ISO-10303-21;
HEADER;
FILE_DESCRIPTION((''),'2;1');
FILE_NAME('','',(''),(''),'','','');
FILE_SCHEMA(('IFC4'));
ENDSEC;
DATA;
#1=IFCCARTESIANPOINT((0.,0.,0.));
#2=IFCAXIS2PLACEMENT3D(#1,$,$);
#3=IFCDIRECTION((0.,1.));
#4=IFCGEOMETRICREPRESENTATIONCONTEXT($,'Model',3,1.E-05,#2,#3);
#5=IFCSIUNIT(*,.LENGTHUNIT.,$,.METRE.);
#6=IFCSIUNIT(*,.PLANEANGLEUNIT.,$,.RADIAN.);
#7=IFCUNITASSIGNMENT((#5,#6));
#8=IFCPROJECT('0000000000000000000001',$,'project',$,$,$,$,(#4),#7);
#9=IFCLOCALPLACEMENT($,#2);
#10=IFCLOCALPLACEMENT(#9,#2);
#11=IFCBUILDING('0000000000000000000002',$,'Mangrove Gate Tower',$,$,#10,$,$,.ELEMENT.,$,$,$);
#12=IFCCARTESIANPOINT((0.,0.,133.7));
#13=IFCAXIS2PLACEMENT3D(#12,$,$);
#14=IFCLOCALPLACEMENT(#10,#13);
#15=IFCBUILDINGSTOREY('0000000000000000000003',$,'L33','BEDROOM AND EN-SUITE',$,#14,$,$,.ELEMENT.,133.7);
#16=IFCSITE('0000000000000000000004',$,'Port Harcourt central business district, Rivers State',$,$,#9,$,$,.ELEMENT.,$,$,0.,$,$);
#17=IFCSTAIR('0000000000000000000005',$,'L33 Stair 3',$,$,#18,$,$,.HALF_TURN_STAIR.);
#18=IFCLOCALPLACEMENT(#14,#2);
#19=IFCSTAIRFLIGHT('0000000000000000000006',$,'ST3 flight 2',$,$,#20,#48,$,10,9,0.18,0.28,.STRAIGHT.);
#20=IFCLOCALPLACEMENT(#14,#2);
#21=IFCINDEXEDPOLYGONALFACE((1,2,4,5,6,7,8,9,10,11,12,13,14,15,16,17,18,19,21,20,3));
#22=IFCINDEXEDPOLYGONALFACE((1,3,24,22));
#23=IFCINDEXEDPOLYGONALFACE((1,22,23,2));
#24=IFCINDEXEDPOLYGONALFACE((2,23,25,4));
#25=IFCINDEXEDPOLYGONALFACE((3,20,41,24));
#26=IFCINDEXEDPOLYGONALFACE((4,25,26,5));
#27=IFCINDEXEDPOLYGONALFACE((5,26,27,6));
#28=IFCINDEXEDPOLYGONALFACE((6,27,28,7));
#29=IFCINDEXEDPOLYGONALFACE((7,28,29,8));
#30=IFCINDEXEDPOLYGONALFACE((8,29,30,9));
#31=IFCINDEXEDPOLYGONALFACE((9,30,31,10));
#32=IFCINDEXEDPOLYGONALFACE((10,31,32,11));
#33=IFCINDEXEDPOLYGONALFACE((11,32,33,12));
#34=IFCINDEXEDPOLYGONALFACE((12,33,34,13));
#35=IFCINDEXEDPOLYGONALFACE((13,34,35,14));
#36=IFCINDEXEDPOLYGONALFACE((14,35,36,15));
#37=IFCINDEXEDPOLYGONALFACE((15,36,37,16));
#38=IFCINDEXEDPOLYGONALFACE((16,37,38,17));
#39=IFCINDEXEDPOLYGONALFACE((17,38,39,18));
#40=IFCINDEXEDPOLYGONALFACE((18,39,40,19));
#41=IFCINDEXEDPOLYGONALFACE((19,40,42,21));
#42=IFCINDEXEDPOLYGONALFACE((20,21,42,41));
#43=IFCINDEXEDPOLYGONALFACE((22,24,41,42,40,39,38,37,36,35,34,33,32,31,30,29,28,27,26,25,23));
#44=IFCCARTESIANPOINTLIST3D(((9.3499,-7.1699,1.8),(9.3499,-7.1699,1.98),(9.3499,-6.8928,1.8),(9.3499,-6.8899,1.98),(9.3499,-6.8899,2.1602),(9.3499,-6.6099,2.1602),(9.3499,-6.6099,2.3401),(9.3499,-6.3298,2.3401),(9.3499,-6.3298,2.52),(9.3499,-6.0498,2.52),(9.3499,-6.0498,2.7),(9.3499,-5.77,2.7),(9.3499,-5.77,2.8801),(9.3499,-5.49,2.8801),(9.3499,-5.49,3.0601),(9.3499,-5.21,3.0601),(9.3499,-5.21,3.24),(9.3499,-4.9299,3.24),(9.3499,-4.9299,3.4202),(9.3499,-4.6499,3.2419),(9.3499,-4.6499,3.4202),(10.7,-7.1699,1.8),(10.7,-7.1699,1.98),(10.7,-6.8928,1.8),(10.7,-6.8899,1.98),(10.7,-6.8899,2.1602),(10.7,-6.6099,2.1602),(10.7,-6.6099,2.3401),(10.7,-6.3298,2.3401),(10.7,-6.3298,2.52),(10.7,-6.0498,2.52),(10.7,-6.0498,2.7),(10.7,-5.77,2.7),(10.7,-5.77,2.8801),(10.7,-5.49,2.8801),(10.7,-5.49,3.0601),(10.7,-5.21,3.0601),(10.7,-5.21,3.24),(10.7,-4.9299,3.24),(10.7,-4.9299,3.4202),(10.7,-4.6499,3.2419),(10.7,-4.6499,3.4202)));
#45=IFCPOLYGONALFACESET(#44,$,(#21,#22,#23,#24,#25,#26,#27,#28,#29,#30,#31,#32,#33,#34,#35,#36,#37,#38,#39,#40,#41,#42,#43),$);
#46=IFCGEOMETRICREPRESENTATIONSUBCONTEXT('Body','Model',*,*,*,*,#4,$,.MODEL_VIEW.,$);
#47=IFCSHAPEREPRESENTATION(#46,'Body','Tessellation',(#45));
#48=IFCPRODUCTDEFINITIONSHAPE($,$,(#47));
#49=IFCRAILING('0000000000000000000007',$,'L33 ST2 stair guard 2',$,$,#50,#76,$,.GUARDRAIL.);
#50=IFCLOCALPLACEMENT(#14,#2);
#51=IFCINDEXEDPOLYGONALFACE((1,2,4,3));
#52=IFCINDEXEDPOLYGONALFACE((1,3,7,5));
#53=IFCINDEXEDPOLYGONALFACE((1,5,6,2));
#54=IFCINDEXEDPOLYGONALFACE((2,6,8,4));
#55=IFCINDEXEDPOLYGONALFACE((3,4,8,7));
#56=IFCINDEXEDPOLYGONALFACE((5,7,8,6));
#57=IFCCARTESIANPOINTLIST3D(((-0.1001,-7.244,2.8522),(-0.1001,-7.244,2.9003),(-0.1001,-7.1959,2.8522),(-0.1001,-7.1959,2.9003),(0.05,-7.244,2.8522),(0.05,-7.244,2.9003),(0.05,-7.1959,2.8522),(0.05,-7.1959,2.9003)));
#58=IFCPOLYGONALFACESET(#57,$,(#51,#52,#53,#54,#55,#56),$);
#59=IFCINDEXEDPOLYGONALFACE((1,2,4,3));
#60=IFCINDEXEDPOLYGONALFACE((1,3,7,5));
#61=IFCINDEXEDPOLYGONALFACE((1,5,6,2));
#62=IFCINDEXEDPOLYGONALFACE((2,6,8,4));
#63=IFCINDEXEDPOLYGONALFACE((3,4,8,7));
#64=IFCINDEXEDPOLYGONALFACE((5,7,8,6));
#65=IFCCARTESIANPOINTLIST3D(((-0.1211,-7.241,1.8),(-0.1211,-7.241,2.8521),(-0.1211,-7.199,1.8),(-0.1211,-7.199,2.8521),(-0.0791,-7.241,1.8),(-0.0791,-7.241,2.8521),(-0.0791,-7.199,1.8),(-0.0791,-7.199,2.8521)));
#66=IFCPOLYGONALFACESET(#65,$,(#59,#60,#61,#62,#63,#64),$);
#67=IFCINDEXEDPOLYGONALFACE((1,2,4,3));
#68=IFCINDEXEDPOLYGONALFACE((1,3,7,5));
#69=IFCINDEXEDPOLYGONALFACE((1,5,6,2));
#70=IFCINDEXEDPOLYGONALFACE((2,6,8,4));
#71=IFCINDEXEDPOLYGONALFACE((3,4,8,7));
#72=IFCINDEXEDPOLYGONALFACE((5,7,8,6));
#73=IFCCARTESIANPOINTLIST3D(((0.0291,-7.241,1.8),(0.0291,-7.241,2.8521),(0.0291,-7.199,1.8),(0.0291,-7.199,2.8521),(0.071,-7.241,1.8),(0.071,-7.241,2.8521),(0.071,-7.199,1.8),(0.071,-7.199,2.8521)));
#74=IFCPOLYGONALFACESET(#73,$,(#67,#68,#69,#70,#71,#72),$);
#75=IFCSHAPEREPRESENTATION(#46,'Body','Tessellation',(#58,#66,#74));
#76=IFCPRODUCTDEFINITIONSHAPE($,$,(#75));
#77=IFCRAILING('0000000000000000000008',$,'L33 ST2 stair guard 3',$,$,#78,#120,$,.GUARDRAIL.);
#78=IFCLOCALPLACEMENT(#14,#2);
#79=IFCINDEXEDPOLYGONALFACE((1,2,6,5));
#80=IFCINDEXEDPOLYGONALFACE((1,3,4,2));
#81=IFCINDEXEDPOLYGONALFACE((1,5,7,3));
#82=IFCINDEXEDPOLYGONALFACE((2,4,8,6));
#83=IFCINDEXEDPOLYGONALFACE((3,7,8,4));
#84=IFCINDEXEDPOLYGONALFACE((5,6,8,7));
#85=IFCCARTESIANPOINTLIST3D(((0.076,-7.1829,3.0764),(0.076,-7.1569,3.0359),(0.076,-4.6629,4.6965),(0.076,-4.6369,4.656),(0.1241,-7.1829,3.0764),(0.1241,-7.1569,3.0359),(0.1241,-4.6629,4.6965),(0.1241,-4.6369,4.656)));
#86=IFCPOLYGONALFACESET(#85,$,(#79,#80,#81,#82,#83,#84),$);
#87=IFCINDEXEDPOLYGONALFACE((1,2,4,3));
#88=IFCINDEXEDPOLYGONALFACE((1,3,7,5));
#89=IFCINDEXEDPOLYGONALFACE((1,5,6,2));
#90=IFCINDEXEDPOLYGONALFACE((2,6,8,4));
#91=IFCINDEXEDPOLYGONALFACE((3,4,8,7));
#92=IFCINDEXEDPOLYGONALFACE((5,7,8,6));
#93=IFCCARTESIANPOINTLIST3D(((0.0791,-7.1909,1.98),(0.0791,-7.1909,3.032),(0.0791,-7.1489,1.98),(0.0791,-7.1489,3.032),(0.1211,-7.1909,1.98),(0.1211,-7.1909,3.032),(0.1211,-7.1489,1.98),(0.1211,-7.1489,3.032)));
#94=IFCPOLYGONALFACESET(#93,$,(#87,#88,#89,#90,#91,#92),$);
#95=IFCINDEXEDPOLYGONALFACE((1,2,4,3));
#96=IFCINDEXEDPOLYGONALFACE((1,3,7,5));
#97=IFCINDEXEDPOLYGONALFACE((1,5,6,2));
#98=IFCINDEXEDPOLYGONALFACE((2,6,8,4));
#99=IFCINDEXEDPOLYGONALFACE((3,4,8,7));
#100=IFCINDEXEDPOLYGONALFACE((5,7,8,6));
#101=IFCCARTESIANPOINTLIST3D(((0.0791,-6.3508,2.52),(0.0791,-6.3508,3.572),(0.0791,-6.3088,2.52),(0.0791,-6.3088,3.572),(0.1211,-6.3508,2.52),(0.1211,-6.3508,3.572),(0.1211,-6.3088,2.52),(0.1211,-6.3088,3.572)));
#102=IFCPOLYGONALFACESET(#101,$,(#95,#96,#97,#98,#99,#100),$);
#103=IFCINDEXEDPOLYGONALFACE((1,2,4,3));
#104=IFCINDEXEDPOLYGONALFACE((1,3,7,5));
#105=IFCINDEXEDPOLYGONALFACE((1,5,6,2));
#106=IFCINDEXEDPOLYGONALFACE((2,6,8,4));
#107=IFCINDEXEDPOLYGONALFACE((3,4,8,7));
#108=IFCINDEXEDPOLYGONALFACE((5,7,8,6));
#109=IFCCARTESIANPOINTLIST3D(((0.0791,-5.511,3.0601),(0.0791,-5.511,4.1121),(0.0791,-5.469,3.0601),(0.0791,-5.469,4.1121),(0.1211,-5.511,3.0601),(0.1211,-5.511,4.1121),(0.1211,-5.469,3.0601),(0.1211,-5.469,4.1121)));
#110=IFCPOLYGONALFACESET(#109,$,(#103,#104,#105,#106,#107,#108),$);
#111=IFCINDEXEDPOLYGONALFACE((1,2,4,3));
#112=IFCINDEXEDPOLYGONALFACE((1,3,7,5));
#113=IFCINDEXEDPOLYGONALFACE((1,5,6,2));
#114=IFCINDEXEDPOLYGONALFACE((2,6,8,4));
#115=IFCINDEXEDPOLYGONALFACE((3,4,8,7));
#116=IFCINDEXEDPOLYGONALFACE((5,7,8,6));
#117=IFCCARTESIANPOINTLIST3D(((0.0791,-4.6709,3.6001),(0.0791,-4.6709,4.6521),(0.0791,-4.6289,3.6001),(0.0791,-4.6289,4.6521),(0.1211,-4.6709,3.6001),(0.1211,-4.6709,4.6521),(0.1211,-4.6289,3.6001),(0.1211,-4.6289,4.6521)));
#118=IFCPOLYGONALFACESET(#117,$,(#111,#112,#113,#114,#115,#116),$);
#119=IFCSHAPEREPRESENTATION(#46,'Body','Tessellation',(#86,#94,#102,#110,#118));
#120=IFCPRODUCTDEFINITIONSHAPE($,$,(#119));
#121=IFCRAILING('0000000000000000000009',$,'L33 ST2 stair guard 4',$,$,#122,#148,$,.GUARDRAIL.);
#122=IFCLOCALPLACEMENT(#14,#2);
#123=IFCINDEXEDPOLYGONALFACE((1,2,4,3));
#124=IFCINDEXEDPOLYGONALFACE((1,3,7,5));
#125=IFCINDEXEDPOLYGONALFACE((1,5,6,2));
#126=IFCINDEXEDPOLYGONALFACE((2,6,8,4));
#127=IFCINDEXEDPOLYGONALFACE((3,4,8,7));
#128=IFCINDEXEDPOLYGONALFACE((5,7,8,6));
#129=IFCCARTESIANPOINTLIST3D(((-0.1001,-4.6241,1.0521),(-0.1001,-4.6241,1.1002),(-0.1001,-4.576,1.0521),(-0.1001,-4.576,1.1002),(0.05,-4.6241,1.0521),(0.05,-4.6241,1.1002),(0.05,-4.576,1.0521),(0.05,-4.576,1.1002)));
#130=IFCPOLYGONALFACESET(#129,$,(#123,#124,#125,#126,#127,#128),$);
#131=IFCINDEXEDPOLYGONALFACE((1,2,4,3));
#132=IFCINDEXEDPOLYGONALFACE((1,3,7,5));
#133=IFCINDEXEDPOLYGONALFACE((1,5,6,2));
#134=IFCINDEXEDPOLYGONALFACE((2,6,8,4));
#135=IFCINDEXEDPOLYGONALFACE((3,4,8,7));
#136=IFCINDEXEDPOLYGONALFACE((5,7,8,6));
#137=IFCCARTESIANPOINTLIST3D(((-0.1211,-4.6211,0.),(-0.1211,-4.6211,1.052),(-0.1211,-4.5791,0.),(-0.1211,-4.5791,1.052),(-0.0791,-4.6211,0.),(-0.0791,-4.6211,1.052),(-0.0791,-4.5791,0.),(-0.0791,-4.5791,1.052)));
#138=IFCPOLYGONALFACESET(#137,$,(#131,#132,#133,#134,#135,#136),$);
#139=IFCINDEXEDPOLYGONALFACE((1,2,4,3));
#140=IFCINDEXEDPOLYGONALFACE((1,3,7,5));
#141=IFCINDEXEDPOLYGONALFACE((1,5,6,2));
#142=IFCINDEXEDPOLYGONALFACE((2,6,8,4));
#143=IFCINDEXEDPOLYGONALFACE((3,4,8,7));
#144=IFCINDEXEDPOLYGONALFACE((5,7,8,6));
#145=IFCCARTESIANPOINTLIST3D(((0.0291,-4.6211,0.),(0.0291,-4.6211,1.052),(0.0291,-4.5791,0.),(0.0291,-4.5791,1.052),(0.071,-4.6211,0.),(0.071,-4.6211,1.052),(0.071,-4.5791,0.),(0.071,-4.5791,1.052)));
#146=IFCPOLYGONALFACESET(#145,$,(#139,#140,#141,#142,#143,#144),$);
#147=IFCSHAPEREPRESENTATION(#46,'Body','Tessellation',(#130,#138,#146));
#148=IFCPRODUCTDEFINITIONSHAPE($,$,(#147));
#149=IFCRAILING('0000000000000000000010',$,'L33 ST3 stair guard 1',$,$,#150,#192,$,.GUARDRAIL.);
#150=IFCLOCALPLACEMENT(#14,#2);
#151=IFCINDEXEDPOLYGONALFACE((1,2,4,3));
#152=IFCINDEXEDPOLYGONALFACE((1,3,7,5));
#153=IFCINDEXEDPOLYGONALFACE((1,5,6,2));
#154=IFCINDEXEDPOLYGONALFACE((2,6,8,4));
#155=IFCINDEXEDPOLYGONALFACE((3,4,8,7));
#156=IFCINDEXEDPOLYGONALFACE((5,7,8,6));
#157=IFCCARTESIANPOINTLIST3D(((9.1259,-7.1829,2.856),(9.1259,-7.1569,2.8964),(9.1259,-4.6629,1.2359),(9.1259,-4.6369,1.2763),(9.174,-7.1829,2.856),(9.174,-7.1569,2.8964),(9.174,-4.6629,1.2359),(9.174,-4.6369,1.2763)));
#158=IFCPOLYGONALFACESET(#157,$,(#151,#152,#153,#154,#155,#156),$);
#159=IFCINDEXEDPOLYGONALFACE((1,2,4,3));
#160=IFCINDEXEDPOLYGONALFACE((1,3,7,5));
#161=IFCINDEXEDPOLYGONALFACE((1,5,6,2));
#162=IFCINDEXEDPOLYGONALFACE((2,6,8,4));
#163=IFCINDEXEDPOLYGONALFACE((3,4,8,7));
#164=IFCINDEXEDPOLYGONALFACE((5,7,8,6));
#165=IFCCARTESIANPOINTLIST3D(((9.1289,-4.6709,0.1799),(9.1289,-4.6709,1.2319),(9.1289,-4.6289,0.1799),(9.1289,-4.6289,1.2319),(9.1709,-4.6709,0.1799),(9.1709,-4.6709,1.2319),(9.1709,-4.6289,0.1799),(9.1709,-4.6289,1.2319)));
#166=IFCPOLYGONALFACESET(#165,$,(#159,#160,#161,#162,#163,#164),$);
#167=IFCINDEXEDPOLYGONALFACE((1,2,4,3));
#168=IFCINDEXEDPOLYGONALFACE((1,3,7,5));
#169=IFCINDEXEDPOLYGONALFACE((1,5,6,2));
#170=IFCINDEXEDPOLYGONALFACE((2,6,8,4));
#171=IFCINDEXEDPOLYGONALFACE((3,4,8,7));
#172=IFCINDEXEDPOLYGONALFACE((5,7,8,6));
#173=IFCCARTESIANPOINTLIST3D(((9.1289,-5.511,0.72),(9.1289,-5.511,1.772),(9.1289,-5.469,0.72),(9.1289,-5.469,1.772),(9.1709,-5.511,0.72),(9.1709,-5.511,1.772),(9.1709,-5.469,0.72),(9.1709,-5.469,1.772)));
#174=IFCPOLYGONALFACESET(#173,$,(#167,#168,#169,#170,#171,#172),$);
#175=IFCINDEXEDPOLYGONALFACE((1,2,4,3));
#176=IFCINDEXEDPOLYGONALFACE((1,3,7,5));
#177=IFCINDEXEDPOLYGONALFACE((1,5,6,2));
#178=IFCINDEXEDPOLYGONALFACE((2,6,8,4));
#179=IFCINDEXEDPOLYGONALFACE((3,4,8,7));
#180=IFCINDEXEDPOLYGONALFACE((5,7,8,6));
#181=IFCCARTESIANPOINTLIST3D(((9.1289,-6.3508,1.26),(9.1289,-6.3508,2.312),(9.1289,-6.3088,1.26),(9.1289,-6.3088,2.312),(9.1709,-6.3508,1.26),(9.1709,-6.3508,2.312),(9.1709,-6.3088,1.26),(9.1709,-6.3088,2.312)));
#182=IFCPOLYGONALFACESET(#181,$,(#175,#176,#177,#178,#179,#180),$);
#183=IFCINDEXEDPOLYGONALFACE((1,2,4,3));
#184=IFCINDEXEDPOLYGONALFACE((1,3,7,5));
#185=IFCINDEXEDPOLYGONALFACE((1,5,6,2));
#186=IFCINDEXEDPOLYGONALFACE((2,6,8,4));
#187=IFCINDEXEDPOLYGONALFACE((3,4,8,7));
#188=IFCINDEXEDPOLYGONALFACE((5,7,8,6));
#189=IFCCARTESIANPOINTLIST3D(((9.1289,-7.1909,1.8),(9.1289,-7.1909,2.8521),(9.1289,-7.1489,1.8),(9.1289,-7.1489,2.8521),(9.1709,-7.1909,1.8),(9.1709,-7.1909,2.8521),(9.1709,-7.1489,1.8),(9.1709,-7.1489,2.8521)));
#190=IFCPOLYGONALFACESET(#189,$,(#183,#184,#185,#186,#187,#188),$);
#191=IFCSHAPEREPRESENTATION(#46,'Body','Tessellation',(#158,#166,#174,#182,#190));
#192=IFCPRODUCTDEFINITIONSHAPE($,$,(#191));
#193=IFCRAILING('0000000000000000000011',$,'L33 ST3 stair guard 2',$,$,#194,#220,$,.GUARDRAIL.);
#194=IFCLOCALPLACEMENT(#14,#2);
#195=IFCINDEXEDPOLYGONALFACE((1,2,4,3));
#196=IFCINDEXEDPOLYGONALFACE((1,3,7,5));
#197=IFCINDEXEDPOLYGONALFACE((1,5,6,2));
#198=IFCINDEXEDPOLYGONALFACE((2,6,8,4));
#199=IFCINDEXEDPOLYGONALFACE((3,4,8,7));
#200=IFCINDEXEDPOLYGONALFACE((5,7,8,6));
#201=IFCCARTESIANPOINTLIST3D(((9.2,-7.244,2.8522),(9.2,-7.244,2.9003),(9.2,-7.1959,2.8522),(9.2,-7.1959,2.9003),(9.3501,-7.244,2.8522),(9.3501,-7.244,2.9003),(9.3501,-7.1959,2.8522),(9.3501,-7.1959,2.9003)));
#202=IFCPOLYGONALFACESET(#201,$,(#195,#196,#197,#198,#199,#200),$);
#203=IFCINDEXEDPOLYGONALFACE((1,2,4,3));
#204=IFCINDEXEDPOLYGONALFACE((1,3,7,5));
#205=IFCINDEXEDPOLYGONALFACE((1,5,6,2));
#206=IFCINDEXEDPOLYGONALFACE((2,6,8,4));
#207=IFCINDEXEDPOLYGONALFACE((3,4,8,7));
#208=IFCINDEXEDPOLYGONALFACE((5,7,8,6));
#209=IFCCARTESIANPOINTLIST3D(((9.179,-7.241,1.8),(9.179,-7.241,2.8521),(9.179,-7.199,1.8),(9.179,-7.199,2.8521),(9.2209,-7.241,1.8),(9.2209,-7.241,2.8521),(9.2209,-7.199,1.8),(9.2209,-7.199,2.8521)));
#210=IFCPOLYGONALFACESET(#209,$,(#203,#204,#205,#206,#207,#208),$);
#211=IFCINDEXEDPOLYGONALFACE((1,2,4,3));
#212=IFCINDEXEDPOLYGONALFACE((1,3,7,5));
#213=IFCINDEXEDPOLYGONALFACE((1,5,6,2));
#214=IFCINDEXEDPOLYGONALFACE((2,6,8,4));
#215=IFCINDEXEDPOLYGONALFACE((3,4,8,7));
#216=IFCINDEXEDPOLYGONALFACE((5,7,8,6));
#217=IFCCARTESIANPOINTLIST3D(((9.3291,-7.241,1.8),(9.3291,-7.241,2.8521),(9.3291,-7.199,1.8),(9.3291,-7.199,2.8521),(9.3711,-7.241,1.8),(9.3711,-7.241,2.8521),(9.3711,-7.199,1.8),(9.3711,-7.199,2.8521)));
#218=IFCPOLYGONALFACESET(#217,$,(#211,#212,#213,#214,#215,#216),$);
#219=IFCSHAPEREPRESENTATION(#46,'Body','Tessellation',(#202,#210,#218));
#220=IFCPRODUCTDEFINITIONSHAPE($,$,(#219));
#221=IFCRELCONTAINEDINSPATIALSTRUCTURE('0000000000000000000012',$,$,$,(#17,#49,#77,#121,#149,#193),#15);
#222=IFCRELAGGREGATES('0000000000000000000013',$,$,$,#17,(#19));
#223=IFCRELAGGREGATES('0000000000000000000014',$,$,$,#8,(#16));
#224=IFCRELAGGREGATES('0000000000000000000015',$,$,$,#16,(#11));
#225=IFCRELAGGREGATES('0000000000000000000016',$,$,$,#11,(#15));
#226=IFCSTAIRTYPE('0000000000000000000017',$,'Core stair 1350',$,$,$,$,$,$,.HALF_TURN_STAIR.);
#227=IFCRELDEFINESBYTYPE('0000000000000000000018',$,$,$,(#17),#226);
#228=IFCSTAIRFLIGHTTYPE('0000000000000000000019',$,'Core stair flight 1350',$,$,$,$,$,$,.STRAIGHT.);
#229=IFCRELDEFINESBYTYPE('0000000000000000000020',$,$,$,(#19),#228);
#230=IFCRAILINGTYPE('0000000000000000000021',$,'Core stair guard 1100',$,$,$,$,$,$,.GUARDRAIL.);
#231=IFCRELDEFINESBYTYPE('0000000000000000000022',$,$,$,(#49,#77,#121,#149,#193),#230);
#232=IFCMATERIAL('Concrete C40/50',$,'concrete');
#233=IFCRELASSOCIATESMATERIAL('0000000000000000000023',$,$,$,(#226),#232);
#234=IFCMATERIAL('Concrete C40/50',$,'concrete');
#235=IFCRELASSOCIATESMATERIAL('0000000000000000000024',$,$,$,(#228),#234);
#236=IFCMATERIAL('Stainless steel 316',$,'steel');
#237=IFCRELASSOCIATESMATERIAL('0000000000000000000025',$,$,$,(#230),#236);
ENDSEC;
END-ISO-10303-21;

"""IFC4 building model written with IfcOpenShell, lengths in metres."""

from ifc_helpers import new_model, si_unit, direction, frame, origin, origin_2d, place, context, subcontext, project, spatial, polyline, rectangle, outline, extrude, material, type_object, element, aggregate, save


model = new_model("IFC4")

# Units and contexts
model_context = context("Model", 3, precision=1e-05, world=origin(), true_north=direction((0.0, 1.0)))
body_context = subcontext(model_context, "Body", "Model", "MODEL_VIEW")
ifc_project = project(units=[si_unit("LENGTHUNIT", "METRE"), si_unit("PLANEANGLEUNIT", "RADIAN")], contexts=[model_context])

# Site, building, storey
site_placement = place(None, origin())
site = spatial("IfcSite", under=ifc_project, at=site_placement, Name="Port Harcourt central business district, Rivers State", CompositionType="ELEMENT", RefElevation=0.0)
building_placement = place(site_placement, origin())
building = spatial("IfcBuilding", under=site, at=building_placement, Name="Mangrove Gate Tower", CompositionType="ELEMENT")
storey_placement = place(building_placement, frame((0.0, 0.0, 133.7)))
storey = spatial("IfcBuildingStorey", under=building, at=storey_placement, Name="L33", Description="BEDROOM AND EN-SUITE", CompositionType="ELEMENT", Elevation=133.7)

# Shared definitions
ifc_material_1 = material(Name="Concrete C40/50", Category="concrete")
stair_type = type_object("IfcStairType", Name="Core stair 1350", PredefinedType="HALF_TURN_STAIR", material=ifc_material_1)
ifc_material_2 = material(Name="Concrete C40/50", Category="concrete")
stair_flight_type = type_object("IfcStairFlightType", Name="Core stair flight 1350", PredefinedType="STRAIGHT", material=ifc_material_2)

# Stair, stair flight
stair_1_placement = place(storey_placement, origin())
stair_1 = element("IfcStair", 1, at=stair_1_placement, inside=storey, type_object=stair_type, Name="L33 Stair 3", PredefinedType="HALF_TURN_STAIR")
stair_flight_1_placement = place(storey_placement, frame((10.0249, -7.1699, 1.8), z_axis=(0.0, 0.0, 1.0), x_axis=(0.0, 1.0, 0.0)))
stair_flight_1 = element("IfcStairFlight", 2, at=stair_flight_1_placement, type_object=stair_flight_type, Name="ST3 flight 2", NumberOfRisers=10, NumberOfTreads=9, PredefinedType="STRAIGHT", RiserHeight=0.18, TreadLength=0.28, context=body_context, shape_type="SweptSolid", body=[
    extrude(outline(polyline([(0.0, 0.0), (0.0, 0.1799), (0.28, 0.1799), (0.28, 0.3601), (0.5601, 0.3601), (0.5601, 0.54), (0.8401, 0.54), (0.8401, 0.72), (1.1201, 0.72), (1.1201, 0.8999), (1.3999, 0.8999), (1.3999, 1.0801), (1.6799, 1.0801), (1.6799, 1.26), (1.96, 1.26), (1.96, 1.4399), (2.24, 1.4399), (2.24, 1.6201), (2.52, 1.6201), (2.52, 1.8), (2.52, 1.4419), (0.2771, 0.0), (0.0, 0.0)])), frame((0.0, 0.675, 0.0), z_axis=(0.0, -1.0, 0.0), x_axis=(1.0, 0.0, 0.0)), (0.0, 0.0, 1.0), 1.3501),
])
aggregate(stair_1, [stair_flight_1])

# Railings
ifc_material_3 = material(Name="Stainless steel 316", Category="steel")
railing_type_1 = type_object("IfcRailingType", Name="Core stair guard 1100", PredefinedType="GUARDRAIL", material=ifc_material_3)
railing_1_placement = place(storey_placement, frame((-0.1001, -7.22, 1.8)))
element("IfcRailing", 3, at=railing_1_placement, inside=storey, type_object=railing_type_1, Name="L33 ST2 stair guard 2", PredefinedType="GUARDRAIL", context=body_context, shape_type="SweptSolid", body=[
    extrude(rectangle(XDim=0.0481, YDim=0.0481, at=origin_2d()), frame((0.0, 0.0, 1.0762), z_axis=(1.0, 0.0, 0.0), x_axis=(0.0, 1.0, 0.0)), (0.0, 0.0, 1.0), 0.1501),
    extrude(rectangle(XDim=0.042, YDim=0.042, at=origin_2d()), origin(), (0.0, 0.0, 1.0), 1.052),
    extrude(rectangle(XDim=0.042, YDim=0.042, at=origin_2d()), frame((0.1501, 0.0, 0.0)), (0.0, 0.0, 1.0), 1.052),
])
railing_2_placement = place(storey_placement, frame((0.1001, -7.1699, 1.98)))
element("IfcRailing", 4, at=railing_2_placement, inside=storey, type_object=railing_type_1, Name="L33 ST2 stair guard 3", PredefinedType="GUARDRAIL", context=body_context, shape_type="SweptSolid", body=[
    extrude(rectangle(XDim=0.0481, YDim=0.0481, at=origin_2d()), frame((0.0, 0.0, 1.0762), z_axis=(0.0, 0.841163, 0.540782), x_axis=(-1.0, 0.0, 0.0)), (0.0, 0.0, 1.0), 2.9958),
    extrude(rectangle(XDim=0.042, YDim=0.042, at=origin_2d()), origin(), (0.0, 0.0, 1.0), 1.052),
    extrude(rectangle(XDim=0.042, YDim=0.042, at=origin_2d()), frame((0.0, 0.8401, 0.54)), (0.0, 0.0, 1.0), 1.052),
    extrude(rectangle(XDim=0.042, YDim=0.042, at=origin_2d()), frame((0.0, 1.6799, 1.0801)), (0.0, 0.0, 1.0), 1.052),
    extrude(rectangle(XDim=0.042, YDim=0.042, at=origin_2d()), frame((0.0, 2.52, 1.6201)), (0.0, 0.0, 1.0), 1.052),
])
railing_3_placement = place(storey_placement, frame((-0.1001, -4.6001, 0.0)))
element("IfcRailing", 5, at=railing_3_placement, inside=storey, type_object=railing_type_1, Name="L33 ST2 stair guard 4", PredefinedType="GUARDRAIL", context=body_context, shape_type="SweptSolid", body=[
    extrude(rectangle(XDim=0.0481, YDim=0.0481, at=origin_2d()), frame((0.0, 0.0, 1.0762), z_axis=(1.0, 0.0, 0.0), x_axis=(0.0, 1.0, 0.0)), (0.0, 0.0, 1.0), 0.1501),
    extrude(rectangle(XDim=0.042, YDim=0.042, at=origin_2d()), origin(), (0.0, 0.0, 1.0), 1.052),
    extrude(rectangle(XDim=0.042, YDim=0.042, at=origin_2d()), frame((0.1501, 0.0, 0.0)), (0.0, 0.0, 1.0), 1.052),
])
railing_4_placement = place(storey_placement, frame((9.1499, -4.6499, 0.1799)))
element("IfcRailing", 6, at=railing_4_placement, inside=storey, type_object=railing_type_1, Name="L33 ST3 stair guard 1", PredefinedType="GUARDRAIL", context=body_context, shape_type="SweptSolid", body=[
    extrude(rectangle(XDim=0.0481, YDim=0.0481, at=origin_2d()), frame((0.0, 0.0, 1.0762), z_axis=(0.0, -0.841163, 0.540782), x_axis=(1.0, 0.0, 0.0)), (0.0, 0.0, 1.0), 2.9958),
    extrude(rectangle(XDim=0.042, YDim=0.042, at=origin_2d()), origin(), (0.0, 0.0, 1.0), 1.052),
    extrude(rectangle(XDim=0.042, YDim=0.042, at=origin_2d()), frame((0.0, -0.8401, 0.54)), (0.0, 0.0, 1.0), 1.052),
    extrude(rectangle(XDim=0.042, YDim=0.042, at=origin_2d()), frame((0.0, -1.6799, 1.0801)), (0.0, 0.0, 1.0), 1.052),
    extrude(rectangle(XDim=0.042, YDim=0.042, at=origin_2d()), frame((0.0, -2.52, 1.6201)), (0.0, 0.0, 1.0), 1.052),
])
railing_5_placement = place(storey_placement, frame((9.2, -7.22, 1.8)))
element("IfcRailing", 7, at=railing_5_placement, inside=storey, type_object=railing_type_1, Name="L33 ST3 stair guard 2", PredefinedType="GUARDRAIL", context=body_context, shape_type="SweptSolid", body=[
    extrude(rectangle(XDim=0.0481, YDim=0.0481, at=origin_2d()), frame((0.0, 0.0, 1.0762), z_axis=(1.0, 0.0, 0.0), x_axis=(0.0, 1.0, 0.0)), (0.0, 0.0, 1.0), 0.1501),
    extrude(rectangle(XDim=0.042, YDim=0.042, at=origin_2d()), origin(), (0.0, 0.0, 1.0), 1.052),
    extrude(rectangle(XDim=0.042, YDim=0.042, at=origin_2d()), frame((0.1501, 0.0, 0.0)), (0.0, 0.0, 1.0), 1.052),
])

save(model, "model.ifc")
